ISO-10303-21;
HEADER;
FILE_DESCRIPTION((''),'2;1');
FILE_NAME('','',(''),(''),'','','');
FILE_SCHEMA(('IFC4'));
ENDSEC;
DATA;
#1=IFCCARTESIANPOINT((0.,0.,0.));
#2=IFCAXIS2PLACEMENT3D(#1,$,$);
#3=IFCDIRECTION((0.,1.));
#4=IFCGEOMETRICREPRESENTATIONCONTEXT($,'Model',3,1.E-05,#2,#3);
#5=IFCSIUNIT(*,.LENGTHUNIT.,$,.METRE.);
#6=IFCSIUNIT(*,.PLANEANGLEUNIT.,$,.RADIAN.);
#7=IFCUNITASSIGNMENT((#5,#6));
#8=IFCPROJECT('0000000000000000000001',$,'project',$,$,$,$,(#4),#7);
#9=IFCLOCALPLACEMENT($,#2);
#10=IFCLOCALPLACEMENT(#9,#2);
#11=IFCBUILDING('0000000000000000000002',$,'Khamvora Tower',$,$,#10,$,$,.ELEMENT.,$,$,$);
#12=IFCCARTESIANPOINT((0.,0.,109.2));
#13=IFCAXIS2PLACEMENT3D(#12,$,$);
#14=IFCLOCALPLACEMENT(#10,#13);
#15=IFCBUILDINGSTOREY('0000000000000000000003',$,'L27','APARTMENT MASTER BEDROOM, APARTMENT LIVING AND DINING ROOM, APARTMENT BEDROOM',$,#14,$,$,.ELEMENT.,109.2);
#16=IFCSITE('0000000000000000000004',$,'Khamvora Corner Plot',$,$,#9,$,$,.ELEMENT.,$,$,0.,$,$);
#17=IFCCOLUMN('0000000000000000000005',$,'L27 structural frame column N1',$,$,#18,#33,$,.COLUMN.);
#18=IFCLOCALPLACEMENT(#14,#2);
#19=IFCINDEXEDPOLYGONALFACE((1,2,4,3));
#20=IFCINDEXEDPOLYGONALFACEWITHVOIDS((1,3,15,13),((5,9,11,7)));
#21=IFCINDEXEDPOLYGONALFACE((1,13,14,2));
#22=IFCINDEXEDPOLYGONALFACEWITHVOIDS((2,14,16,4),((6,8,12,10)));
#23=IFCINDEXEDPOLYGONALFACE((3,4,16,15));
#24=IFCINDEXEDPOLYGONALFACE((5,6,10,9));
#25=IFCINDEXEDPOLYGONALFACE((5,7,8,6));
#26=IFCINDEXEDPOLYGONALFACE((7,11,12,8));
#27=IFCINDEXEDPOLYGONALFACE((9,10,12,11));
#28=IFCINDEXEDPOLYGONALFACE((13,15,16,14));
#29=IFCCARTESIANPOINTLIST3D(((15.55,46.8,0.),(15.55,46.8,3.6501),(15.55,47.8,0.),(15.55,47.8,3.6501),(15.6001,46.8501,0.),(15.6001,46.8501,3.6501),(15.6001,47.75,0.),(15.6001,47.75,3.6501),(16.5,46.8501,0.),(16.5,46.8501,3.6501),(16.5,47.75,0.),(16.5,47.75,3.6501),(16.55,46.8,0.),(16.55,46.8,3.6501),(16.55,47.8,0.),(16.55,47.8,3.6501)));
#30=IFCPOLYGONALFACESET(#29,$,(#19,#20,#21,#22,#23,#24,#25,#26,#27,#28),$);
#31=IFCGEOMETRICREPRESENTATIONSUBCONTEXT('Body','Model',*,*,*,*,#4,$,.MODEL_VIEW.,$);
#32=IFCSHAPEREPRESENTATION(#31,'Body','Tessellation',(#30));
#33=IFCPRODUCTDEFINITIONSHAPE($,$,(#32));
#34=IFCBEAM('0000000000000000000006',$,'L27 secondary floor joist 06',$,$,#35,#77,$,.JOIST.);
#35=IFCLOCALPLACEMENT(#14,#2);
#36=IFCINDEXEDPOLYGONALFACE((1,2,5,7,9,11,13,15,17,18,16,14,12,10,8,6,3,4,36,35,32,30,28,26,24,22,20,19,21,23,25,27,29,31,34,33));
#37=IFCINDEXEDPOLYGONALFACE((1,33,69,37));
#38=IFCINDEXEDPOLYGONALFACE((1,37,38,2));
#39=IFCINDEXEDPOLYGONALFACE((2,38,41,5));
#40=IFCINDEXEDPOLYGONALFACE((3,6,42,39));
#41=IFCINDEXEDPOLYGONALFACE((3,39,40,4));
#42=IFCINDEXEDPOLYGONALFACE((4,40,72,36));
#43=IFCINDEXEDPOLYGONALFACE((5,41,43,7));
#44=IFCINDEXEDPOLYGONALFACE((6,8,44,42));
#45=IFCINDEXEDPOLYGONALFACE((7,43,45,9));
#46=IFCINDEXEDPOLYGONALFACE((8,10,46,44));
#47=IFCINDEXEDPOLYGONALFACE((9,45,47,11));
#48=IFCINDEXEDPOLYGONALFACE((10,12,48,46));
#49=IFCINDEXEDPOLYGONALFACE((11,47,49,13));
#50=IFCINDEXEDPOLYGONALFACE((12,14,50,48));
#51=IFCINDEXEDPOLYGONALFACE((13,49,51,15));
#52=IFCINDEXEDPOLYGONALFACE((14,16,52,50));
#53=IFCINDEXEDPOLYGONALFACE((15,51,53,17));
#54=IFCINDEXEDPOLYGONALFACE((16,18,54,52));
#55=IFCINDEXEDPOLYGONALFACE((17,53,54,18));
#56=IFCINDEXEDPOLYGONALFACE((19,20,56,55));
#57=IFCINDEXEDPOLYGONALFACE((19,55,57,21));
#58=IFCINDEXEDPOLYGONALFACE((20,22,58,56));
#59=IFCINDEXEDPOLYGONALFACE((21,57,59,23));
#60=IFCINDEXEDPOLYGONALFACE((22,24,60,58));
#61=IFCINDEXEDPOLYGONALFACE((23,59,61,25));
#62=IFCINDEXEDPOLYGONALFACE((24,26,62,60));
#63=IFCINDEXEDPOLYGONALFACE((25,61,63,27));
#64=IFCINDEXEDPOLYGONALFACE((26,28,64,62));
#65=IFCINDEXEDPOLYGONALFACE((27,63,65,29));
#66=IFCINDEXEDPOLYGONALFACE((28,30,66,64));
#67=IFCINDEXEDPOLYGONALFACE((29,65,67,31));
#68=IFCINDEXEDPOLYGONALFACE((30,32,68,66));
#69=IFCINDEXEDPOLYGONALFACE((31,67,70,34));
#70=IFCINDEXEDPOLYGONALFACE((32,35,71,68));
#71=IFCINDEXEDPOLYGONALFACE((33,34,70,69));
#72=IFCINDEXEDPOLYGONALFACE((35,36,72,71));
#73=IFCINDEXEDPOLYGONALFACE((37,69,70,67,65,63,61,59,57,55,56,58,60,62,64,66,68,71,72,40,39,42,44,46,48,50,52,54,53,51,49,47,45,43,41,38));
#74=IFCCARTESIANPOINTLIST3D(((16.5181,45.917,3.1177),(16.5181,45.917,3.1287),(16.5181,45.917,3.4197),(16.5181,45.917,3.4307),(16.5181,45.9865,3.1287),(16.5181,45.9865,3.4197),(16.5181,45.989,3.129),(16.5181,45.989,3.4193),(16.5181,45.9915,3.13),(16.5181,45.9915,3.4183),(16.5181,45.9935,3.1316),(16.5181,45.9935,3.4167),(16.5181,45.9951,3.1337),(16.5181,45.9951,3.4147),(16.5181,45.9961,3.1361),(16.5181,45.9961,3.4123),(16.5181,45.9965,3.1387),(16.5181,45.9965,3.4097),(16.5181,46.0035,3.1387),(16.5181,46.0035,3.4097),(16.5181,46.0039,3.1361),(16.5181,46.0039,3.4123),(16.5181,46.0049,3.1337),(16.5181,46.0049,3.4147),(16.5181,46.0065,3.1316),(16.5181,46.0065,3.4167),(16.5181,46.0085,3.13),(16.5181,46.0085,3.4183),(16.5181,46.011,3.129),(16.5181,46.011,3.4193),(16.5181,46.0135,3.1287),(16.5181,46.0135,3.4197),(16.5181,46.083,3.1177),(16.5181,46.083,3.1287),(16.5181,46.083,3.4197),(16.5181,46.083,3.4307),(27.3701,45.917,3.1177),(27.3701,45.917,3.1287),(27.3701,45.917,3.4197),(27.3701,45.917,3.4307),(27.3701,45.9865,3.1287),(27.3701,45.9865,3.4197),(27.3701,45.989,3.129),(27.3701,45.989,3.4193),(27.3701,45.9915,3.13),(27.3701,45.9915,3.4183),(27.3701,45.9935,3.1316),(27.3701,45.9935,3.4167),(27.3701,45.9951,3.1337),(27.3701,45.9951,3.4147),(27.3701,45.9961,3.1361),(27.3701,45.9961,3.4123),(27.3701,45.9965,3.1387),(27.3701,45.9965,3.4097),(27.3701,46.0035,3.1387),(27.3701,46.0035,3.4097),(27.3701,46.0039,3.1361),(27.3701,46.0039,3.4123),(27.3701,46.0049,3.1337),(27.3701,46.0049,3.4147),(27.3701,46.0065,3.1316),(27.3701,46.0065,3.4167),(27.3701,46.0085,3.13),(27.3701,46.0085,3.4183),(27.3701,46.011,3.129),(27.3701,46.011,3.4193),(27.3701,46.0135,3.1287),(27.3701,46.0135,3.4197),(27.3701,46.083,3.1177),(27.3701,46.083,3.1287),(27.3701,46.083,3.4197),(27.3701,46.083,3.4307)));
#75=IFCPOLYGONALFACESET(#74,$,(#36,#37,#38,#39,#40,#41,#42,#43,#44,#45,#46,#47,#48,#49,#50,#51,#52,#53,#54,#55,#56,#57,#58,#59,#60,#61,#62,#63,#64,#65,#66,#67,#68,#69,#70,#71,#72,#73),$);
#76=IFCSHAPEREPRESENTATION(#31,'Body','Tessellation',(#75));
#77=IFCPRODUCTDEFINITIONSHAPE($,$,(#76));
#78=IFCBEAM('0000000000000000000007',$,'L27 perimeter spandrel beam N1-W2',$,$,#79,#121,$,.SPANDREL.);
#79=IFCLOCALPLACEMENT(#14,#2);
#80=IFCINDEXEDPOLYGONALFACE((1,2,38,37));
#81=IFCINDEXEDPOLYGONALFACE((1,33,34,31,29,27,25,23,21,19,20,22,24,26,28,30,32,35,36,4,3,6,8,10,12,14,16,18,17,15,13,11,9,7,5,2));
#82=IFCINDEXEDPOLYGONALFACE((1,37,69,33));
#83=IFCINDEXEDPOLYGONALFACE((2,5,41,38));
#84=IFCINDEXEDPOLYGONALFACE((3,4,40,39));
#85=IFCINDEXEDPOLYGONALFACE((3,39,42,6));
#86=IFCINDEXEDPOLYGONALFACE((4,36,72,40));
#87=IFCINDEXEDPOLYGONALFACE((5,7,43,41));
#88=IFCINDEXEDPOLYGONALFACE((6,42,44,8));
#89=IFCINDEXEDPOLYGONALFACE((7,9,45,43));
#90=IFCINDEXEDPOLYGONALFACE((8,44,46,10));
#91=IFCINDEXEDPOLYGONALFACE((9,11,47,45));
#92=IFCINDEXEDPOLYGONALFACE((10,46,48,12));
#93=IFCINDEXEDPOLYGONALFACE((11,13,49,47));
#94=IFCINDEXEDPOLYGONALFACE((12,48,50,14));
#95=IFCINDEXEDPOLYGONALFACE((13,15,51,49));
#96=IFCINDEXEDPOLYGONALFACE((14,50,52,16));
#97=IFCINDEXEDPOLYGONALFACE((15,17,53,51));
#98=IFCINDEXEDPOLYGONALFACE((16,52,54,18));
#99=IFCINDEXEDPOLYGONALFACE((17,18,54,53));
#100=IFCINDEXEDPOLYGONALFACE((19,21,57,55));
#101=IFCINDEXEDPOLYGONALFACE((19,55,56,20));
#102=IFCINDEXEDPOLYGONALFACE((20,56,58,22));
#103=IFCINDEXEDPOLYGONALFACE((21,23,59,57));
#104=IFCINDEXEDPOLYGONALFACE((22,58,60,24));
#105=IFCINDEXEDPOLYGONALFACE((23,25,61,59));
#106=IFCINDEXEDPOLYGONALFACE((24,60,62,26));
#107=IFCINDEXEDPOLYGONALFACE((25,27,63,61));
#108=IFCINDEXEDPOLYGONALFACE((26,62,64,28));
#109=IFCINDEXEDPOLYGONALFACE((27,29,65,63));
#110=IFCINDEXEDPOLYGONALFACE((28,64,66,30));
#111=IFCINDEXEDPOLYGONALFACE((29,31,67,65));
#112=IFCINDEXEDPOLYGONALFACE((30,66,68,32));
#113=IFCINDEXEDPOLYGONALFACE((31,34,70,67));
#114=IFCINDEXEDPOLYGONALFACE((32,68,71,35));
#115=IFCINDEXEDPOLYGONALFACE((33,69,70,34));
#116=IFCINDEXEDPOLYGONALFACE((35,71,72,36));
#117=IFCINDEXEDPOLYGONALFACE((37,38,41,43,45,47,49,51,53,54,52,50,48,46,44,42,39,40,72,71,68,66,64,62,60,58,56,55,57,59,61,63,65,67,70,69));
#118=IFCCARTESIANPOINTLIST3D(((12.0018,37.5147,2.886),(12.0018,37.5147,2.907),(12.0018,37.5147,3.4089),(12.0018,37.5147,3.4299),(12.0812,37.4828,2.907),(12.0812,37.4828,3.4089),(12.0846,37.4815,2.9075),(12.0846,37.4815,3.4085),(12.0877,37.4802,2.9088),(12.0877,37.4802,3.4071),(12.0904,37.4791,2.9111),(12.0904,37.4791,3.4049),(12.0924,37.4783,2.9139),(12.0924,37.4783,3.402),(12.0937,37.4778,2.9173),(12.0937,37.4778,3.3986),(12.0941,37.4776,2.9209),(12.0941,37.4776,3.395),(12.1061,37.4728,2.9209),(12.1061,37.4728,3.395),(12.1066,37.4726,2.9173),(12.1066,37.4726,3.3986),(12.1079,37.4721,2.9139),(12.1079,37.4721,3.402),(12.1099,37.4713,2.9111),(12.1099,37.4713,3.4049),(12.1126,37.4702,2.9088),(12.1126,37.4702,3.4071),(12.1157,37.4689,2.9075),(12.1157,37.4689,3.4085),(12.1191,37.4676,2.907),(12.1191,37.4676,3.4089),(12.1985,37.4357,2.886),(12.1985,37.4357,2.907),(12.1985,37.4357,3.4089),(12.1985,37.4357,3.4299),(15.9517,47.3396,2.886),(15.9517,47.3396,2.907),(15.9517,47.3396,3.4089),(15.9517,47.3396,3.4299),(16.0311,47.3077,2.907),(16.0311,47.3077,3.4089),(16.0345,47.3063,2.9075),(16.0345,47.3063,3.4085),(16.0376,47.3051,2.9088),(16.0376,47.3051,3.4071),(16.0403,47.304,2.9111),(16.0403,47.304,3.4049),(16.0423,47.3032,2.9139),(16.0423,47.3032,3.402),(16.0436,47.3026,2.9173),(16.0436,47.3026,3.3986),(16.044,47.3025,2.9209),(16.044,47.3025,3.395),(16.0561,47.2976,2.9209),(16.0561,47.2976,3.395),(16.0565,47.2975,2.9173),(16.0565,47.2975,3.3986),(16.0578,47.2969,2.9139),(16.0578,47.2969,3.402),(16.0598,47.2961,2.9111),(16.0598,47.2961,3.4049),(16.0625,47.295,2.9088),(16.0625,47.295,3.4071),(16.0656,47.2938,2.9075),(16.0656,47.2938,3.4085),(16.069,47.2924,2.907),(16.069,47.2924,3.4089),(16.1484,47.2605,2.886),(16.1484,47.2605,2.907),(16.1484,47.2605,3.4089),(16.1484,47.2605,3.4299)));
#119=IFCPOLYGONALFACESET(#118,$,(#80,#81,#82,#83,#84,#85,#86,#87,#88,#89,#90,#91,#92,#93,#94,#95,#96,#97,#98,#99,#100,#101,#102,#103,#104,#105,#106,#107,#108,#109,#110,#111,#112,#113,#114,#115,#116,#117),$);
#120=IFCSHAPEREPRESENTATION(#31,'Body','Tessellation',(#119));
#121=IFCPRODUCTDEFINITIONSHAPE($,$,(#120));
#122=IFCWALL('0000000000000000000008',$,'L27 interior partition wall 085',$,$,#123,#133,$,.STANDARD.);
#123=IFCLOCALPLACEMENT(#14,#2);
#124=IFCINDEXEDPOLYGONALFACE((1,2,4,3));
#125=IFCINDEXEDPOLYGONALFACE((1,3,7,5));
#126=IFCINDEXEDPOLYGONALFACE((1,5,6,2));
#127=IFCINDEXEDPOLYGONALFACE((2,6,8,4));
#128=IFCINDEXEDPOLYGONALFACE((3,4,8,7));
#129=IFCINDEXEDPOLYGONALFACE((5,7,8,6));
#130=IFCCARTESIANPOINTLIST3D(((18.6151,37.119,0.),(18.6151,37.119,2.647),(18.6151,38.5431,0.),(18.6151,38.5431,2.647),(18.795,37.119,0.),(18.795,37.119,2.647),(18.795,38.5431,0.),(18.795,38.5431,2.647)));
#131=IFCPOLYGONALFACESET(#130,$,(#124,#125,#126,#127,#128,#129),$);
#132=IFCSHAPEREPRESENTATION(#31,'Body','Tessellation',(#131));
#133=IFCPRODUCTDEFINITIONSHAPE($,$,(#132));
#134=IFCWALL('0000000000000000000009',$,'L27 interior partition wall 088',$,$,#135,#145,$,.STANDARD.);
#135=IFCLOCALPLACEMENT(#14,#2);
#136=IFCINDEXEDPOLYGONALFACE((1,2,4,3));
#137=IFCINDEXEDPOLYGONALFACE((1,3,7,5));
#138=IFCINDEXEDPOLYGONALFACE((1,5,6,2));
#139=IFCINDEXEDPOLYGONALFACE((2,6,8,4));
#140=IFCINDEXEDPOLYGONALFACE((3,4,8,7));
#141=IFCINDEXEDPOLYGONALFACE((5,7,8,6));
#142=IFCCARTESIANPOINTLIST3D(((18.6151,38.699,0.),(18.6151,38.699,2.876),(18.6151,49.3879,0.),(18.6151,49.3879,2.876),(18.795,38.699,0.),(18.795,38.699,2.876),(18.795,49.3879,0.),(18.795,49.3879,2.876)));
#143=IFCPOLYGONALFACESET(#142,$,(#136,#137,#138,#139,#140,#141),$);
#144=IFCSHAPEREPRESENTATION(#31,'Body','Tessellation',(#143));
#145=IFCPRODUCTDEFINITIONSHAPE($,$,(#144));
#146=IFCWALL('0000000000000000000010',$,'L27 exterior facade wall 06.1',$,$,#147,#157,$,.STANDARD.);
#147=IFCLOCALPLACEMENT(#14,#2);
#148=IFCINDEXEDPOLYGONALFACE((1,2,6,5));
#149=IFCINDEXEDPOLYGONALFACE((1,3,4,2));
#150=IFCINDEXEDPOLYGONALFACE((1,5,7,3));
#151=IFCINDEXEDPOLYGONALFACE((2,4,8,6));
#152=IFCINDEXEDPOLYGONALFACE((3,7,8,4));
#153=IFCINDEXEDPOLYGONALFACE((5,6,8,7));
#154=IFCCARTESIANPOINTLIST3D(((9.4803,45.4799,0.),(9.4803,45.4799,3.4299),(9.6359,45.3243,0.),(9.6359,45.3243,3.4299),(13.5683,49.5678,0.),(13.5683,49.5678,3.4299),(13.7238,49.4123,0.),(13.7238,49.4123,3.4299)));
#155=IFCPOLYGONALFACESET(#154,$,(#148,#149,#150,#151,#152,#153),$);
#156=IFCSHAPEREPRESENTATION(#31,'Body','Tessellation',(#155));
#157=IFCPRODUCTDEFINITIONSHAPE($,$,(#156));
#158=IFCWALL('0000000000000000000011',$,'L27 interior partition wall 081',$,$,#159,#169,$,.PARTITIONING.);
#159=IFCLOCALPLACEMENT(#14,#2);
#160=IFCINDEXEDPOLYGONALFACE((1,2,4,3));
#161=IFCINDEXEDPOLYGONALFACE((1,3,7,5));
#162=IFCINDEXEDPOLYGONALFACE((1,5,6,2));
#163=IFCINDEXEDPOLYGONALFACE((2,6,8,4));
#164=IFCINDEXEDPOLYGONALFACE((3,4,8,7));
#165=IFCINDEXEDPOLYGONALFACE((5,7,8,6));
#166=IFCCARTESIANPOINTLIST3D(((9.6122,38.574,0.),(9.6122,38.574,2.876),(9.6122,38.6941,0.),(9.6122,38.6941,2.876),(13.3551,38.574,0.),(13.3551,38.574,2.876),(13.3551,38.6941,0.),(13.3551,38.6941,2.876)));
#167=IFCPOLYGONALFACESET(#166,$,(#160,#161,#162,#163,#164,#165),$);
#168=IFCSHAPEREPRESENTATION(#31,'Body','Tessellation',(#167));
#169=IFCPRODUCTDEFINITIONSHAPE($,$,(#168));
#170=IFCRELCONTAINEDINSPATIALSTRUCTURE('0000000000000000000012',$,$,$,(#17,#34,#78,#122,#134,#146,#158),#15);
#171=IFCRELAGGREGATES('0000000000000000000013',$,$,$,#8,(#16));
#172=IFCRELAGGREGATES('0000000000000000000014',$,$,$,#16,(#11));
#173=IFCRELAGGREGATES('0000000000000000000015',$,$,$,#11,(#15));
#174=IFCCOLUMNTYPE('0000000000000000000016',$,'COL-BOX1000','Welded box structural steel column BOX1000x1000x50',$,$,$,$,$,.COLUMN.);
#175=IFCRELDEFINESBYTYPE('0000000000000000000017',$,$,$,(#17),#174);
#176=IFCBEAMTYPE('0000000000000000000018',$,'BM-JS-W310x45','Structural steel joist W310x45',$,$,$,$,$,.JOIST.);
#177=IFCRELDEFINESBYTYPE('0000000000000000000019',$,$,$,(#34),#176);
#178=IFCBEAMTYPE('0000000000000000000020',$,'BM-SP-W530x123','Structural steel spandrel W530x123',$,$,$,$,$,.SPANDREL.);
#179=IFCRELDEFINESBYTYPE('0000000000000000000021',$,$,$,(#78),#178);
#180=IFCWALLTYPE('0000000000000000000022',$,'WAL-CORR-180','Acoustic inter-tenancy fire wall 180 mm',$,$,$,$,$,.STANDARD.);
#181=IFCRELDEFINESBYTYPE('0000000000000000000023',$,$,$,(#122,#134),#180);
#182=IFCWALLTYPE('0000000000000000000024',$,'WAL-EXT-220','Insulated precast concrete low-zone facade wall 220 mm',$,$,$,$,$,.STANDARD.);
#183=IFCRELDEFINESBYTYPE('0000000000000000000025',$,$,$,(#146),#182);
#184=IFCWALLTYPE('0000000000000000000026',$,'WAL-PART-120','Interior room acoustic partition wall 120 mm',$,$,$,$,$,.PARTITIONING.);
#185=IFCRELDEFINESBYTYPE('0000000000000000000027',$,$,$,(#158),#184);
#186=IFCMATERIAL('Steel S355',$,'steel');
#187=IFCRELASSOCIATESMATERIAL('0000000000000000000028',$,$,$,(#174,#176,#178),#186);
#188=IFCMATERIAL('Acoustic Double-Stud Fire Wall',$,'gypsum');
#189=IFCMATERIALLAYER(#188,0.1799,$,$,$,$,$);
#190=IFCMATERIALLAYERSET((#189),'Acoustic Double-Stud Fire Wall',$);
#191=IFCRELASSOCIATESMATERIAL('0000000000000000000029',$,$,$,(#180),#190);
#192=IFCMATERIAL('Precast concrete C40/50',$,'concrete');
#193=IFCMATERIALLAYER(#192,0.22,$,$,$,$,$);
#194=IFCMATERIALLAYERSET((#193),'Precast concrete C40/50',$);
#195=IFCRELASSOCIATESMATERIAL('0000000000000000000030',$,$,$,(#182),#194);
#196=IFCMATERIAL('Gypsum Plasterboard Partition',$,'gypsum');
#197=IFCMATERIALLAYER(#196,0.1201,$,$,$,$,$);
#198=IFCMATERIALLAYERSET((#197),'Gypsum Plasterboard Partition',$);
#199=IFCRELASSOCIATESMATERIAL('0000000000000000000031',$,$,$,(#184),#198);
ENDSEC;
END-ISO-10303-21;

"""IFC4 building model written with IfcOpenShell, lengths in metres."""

from ifc_helpers import new_model, si_unit, direction, frame, frame_2d, origin, origin_2d, place, context, subcontext, project, spatial, rectangle, hollow_rectangle, i_section, extrude, material, layer, layer_set, material_profile, profile_set, type_object, element, save


model = new_model("IFC4")

# Units and contexts
model_context = context("Model", 3, precision=1e-05, world=origin(), true_north=direction((0.0, 1.0)))
body_context = subcontext(model_context, "Body", "Model", "MODEL_VIEW")
ifc_project = project(units=[si_unit("LENGTHUNIT", "METRE"), si_unit("PLANEANGLEUNIT", "RADIAN")], contexts=[model_context])

# Site, building, storey
site_placement = place(None, origin())
site = spatial("IfcSite", under=ifc_project, at=site_placement, Name="Khamvora Corner Plot", CompositionType="ELEMENT", RefElevation=0.0)
building_placement = place(site_placement, origin())
building = spatial("IfcBuilding", under=site, at=building_placement, Name="Khamvora Tower", CompositionType="ELEMENT")
storey_placement = place(building_placement, frame((0.0, 0.0, 109.2)))
storey = spatial("IfcBuildingStorey", under=building, at=storey_placement, Name="L27", Description="APARTMENT MASTER BEDROOM, APARTMENT LIVING AND DINING ROOM, APARTMENT BEDROOM", CompositionType="ELEMENT", Elevation=109.2)

# Column
ifc_material_1 = material(Name="Steel S355", Category="steel")
ifc_material_profile_1 = material_profile(ifc_material_1, hollow_rectangle(XDim=1.0, YDim=1.0, WallThickness=0.05, at=origin_2d()), Name="BOX1000x1000x50")
ifc_profile_set_1 = profile_set([ifc_material_profile_1], Name="Steel S355")
column_type = type_object("IfcColumnType", Name="COL-BOX1000", Description="Welded box structural steel column BOX1000x1000x50", PredefinedType="COLUMN", material=ifc_profile_set_1)
column_placement = place(storey_placement, frame((16.05, 47.3, 0.0), z_axis=(0.0, 0.0, 1.0), x_axis=(1.0, 0.0, 0.0)))
element("IfcColumn", 1, at=column_placement, inside=storey, type_object=column_type, Name="L27 structural frame column N1", PredefinedType="COLUMN", context=body_context, shape_type="SweptSolid", body=[
    extrude(hollow_rectangle(XDim=1.0, YDim=1.0, WallThickness=0.05, at=origin_2d()), origin(), (0.0, 0.0, 1.0), 3.6501),
])

# Beams
ifc_material_profile_2 = material_profile(ifc_material_1, i_section(OverallWidth=0.166, OverallDepth=0.313, WebThickness=0.0071, FlangeThickness=0.011, FilletRadius=0.01, at=origin_2d()), Name="W310x45")
ifc_profile_set_2 = profile_set([ifc_material_profile_2], Name="Steel S355")
beam_type_1 = type_object("IfcBeamType", Name="BM-JS-W310x45", Description="Structural steel joist W310x45", PredefinedType="JOIST", material=ifc_profile_set_2)
beam_1_placement = place(storey_placement, frame((16.5181, 46.0, 3.2742), z_axis=(1.0, 0.0, 0.0), x_axis=(0.0, 1.0, 0.0)))
element("IfcBeam", 2, at=beam_1_placement, inside=storey, type_object=beam_type_1, Name="L27 secondary floor joist 06", PredefinedType="JOIST", context=body_context, shape_type="SweptSolid", body=[
    extrude(i_section(OverallWidth=0.166, OverallDepth=0.313, WebThickness=0.0071, FlangeThickness=0.011, FilletRadius=0.01, at=origin_2d()), origin(), (0.0, 0.0, 1.0), 10.8521),
])
ifc_material_profile_3 = material_profile(ifc_material_1, i_section(OverallWidth=0.2119, OverallDepth=0.5439, WebThickness=0.0129, FlangeThickness=0.021, FilletRadius=0.0139, at=origin_2d()), Name="W530x123")
ifc_profile_set_3 = profile_set([ifc_material_profile_3], Name="Steel S355")
beam_type_2 = type_object("IfcBeamType", Name="BM-SP-W530x123", Description="Structural steel spandrel W530x123", PredefinedType="SPANDREL", material=ifc_profile_set_3)
beam_2_placement = place(storey_placement, frame((16.05, 47.3, 3.158), z_axis=(-0.373016, -0.927825, 0.0), x_axis=(0.927825, -0.373016, 0.0)))
element("IfcBeam", 3, at=beam_2_placement, inside=storey, type_object=beam_type_2, Name="L27 perimeter spandrel beam N1-W2", PredefinedType="SPANDREL", context=body_context, shape_type="SweptSolid", body=[
    extrude(i_section(OverallWidth=0.2119, OverallDepth=0.5439, WebThickness=0.0129, FlangeThickness=0.021, FilletRadius=0.0139, at=origin_2d()), origin(), (0.0, 0.0, 1.0), 10.5891),
])

# Walls
ifc_material_2 = material(Name="Acoustic Double-Stud Fire Wall", Category="gypsum")
ifc_layer_1 = layer(ifc_material_2, 0.1799)
ifc_layer_set_1 = layer_set([ifc_layer_1], Name="Acoustic Double-Stud Fire Wall")
wall_type_1 = type_object("IfcWallType", Name="WAL-CORR-180", Description="Acoustic inter-tenancy fire wall 180 mm", PredefinedType="STANDARD", material=ifc_layer_set_1)
wall_1_placement = place(storey_placement, frame((18.7051, 38.543, 0.0), z_axis=(0.0, 0.0, 1.0), x_axis=(0.0, -1.0, 0.0)))
element("IfcWall", 4, at=wall_1_placement, inside=storey, type_object=wall_type_1, Name="L27 interior partition wall 085", PredefinedType="STANDARD", context=body_context, shape_type="SweptSolid", body=[
    extrude(rectangle(XDim=1.4241, YDim=0.1799, at=frame_2d((0.7119, 0.0))), origin(), (0.0, 0.0, 1.0), 2.647),
])
wall_2_placement = place(storey_placement, frame((18.7051, 49.3879, 0.0), z_axis=(0.0, 0.0, 1.0), x_axis=(0.0, -1.0, 0.0)))
element("IfcWall", 5, at=wall_2_placement, inside=storey, type_object=wall_type_1, Name="L27 interior partition wall 088", PredefinedType="STANDARD", context=body_context, shape_type="SweptSolid", body=[
    extrude(rectangle(XDim=10.689, YDim=0.1799, at=frame_2d((5.3445, 0.0))), origin(), (0.0, 0.0, 1.0), 2.876),
])
ifc_material_3 = material(Name="Precast concrete C40/50", Category="concrete")
ifc_layer_2 = layer(ifc_material_3, 0.22)
ifc_layer_set_2 = layer_set([ifc_layer_2], Name="Precast concrete C40/50")
wall_type_2 = type_object("IfcWallType", Name="WAL-EXT-220", Description="Insulated precast concrete low-zone facade wall 220 mm", PredefinedType="STANDARD", material=ifc_layer_set_2)
wall_3_placement = place(storey_placement, frame((9.5581, 45.4021, 0.0), z_axis=(0.0, 0.0, 1.0), x_axis=(0.707107, 0.707107, 0.0)))
element("IfcWall", 6, at=wall_3_placement, inside=storey, type_object=wall_type_2, Name="L27 exterior facade wall 06.1", PredefinedType="STANDARD", context=body_context, shape_type="SweptSolid", body=[
    extrude(rectangle(XDim=5.7812, YDim=0.22, at=frame_2d((2.8906, 0.0))), origin(), (0.0, 0.0, 1.0), 3.4299),
])

# Wall
ifc_material_4 = material(Name="Gypsum Plasterboard Partition", Category="gypsum")
ifc_layer_3 = layer(ifc_material_4, 0.1201)
ifc_layer_set_3 = layer_set([ifc_layer_3], Name="Gypsum Plasterboard Partition")
wall_type_3 = type_object("IfcWallType", Name="WAL-PART-120", Description="Interior room acoustic partition wall 120 mm", PredefinedType="PARTITIONING", material=ifc_layer_set_3)
wall_4_placement = place(storey_placement, frame((9.6121, 38.634, 0.0), z_axis=(0.0, 0.0, 1.0), x_axis=(1.0, 0.0, 0.0)))
element("IfcWall", 7, at=wall_4_placement, inside=storey, type_object=wall_type_3, Name="L27 interior partition wall 081", PredefinedType="PARTITIONING", context=body_context, shape_type="SweptSolid", body=[
    extrude(rectangle(XDim=3.7429, YDim=0.1201, at=frame_2d((1.8716, 0.0))), origin(), (0.0, 0.0, 1.0), 2.876),
])

save(model, "model.ifc")
